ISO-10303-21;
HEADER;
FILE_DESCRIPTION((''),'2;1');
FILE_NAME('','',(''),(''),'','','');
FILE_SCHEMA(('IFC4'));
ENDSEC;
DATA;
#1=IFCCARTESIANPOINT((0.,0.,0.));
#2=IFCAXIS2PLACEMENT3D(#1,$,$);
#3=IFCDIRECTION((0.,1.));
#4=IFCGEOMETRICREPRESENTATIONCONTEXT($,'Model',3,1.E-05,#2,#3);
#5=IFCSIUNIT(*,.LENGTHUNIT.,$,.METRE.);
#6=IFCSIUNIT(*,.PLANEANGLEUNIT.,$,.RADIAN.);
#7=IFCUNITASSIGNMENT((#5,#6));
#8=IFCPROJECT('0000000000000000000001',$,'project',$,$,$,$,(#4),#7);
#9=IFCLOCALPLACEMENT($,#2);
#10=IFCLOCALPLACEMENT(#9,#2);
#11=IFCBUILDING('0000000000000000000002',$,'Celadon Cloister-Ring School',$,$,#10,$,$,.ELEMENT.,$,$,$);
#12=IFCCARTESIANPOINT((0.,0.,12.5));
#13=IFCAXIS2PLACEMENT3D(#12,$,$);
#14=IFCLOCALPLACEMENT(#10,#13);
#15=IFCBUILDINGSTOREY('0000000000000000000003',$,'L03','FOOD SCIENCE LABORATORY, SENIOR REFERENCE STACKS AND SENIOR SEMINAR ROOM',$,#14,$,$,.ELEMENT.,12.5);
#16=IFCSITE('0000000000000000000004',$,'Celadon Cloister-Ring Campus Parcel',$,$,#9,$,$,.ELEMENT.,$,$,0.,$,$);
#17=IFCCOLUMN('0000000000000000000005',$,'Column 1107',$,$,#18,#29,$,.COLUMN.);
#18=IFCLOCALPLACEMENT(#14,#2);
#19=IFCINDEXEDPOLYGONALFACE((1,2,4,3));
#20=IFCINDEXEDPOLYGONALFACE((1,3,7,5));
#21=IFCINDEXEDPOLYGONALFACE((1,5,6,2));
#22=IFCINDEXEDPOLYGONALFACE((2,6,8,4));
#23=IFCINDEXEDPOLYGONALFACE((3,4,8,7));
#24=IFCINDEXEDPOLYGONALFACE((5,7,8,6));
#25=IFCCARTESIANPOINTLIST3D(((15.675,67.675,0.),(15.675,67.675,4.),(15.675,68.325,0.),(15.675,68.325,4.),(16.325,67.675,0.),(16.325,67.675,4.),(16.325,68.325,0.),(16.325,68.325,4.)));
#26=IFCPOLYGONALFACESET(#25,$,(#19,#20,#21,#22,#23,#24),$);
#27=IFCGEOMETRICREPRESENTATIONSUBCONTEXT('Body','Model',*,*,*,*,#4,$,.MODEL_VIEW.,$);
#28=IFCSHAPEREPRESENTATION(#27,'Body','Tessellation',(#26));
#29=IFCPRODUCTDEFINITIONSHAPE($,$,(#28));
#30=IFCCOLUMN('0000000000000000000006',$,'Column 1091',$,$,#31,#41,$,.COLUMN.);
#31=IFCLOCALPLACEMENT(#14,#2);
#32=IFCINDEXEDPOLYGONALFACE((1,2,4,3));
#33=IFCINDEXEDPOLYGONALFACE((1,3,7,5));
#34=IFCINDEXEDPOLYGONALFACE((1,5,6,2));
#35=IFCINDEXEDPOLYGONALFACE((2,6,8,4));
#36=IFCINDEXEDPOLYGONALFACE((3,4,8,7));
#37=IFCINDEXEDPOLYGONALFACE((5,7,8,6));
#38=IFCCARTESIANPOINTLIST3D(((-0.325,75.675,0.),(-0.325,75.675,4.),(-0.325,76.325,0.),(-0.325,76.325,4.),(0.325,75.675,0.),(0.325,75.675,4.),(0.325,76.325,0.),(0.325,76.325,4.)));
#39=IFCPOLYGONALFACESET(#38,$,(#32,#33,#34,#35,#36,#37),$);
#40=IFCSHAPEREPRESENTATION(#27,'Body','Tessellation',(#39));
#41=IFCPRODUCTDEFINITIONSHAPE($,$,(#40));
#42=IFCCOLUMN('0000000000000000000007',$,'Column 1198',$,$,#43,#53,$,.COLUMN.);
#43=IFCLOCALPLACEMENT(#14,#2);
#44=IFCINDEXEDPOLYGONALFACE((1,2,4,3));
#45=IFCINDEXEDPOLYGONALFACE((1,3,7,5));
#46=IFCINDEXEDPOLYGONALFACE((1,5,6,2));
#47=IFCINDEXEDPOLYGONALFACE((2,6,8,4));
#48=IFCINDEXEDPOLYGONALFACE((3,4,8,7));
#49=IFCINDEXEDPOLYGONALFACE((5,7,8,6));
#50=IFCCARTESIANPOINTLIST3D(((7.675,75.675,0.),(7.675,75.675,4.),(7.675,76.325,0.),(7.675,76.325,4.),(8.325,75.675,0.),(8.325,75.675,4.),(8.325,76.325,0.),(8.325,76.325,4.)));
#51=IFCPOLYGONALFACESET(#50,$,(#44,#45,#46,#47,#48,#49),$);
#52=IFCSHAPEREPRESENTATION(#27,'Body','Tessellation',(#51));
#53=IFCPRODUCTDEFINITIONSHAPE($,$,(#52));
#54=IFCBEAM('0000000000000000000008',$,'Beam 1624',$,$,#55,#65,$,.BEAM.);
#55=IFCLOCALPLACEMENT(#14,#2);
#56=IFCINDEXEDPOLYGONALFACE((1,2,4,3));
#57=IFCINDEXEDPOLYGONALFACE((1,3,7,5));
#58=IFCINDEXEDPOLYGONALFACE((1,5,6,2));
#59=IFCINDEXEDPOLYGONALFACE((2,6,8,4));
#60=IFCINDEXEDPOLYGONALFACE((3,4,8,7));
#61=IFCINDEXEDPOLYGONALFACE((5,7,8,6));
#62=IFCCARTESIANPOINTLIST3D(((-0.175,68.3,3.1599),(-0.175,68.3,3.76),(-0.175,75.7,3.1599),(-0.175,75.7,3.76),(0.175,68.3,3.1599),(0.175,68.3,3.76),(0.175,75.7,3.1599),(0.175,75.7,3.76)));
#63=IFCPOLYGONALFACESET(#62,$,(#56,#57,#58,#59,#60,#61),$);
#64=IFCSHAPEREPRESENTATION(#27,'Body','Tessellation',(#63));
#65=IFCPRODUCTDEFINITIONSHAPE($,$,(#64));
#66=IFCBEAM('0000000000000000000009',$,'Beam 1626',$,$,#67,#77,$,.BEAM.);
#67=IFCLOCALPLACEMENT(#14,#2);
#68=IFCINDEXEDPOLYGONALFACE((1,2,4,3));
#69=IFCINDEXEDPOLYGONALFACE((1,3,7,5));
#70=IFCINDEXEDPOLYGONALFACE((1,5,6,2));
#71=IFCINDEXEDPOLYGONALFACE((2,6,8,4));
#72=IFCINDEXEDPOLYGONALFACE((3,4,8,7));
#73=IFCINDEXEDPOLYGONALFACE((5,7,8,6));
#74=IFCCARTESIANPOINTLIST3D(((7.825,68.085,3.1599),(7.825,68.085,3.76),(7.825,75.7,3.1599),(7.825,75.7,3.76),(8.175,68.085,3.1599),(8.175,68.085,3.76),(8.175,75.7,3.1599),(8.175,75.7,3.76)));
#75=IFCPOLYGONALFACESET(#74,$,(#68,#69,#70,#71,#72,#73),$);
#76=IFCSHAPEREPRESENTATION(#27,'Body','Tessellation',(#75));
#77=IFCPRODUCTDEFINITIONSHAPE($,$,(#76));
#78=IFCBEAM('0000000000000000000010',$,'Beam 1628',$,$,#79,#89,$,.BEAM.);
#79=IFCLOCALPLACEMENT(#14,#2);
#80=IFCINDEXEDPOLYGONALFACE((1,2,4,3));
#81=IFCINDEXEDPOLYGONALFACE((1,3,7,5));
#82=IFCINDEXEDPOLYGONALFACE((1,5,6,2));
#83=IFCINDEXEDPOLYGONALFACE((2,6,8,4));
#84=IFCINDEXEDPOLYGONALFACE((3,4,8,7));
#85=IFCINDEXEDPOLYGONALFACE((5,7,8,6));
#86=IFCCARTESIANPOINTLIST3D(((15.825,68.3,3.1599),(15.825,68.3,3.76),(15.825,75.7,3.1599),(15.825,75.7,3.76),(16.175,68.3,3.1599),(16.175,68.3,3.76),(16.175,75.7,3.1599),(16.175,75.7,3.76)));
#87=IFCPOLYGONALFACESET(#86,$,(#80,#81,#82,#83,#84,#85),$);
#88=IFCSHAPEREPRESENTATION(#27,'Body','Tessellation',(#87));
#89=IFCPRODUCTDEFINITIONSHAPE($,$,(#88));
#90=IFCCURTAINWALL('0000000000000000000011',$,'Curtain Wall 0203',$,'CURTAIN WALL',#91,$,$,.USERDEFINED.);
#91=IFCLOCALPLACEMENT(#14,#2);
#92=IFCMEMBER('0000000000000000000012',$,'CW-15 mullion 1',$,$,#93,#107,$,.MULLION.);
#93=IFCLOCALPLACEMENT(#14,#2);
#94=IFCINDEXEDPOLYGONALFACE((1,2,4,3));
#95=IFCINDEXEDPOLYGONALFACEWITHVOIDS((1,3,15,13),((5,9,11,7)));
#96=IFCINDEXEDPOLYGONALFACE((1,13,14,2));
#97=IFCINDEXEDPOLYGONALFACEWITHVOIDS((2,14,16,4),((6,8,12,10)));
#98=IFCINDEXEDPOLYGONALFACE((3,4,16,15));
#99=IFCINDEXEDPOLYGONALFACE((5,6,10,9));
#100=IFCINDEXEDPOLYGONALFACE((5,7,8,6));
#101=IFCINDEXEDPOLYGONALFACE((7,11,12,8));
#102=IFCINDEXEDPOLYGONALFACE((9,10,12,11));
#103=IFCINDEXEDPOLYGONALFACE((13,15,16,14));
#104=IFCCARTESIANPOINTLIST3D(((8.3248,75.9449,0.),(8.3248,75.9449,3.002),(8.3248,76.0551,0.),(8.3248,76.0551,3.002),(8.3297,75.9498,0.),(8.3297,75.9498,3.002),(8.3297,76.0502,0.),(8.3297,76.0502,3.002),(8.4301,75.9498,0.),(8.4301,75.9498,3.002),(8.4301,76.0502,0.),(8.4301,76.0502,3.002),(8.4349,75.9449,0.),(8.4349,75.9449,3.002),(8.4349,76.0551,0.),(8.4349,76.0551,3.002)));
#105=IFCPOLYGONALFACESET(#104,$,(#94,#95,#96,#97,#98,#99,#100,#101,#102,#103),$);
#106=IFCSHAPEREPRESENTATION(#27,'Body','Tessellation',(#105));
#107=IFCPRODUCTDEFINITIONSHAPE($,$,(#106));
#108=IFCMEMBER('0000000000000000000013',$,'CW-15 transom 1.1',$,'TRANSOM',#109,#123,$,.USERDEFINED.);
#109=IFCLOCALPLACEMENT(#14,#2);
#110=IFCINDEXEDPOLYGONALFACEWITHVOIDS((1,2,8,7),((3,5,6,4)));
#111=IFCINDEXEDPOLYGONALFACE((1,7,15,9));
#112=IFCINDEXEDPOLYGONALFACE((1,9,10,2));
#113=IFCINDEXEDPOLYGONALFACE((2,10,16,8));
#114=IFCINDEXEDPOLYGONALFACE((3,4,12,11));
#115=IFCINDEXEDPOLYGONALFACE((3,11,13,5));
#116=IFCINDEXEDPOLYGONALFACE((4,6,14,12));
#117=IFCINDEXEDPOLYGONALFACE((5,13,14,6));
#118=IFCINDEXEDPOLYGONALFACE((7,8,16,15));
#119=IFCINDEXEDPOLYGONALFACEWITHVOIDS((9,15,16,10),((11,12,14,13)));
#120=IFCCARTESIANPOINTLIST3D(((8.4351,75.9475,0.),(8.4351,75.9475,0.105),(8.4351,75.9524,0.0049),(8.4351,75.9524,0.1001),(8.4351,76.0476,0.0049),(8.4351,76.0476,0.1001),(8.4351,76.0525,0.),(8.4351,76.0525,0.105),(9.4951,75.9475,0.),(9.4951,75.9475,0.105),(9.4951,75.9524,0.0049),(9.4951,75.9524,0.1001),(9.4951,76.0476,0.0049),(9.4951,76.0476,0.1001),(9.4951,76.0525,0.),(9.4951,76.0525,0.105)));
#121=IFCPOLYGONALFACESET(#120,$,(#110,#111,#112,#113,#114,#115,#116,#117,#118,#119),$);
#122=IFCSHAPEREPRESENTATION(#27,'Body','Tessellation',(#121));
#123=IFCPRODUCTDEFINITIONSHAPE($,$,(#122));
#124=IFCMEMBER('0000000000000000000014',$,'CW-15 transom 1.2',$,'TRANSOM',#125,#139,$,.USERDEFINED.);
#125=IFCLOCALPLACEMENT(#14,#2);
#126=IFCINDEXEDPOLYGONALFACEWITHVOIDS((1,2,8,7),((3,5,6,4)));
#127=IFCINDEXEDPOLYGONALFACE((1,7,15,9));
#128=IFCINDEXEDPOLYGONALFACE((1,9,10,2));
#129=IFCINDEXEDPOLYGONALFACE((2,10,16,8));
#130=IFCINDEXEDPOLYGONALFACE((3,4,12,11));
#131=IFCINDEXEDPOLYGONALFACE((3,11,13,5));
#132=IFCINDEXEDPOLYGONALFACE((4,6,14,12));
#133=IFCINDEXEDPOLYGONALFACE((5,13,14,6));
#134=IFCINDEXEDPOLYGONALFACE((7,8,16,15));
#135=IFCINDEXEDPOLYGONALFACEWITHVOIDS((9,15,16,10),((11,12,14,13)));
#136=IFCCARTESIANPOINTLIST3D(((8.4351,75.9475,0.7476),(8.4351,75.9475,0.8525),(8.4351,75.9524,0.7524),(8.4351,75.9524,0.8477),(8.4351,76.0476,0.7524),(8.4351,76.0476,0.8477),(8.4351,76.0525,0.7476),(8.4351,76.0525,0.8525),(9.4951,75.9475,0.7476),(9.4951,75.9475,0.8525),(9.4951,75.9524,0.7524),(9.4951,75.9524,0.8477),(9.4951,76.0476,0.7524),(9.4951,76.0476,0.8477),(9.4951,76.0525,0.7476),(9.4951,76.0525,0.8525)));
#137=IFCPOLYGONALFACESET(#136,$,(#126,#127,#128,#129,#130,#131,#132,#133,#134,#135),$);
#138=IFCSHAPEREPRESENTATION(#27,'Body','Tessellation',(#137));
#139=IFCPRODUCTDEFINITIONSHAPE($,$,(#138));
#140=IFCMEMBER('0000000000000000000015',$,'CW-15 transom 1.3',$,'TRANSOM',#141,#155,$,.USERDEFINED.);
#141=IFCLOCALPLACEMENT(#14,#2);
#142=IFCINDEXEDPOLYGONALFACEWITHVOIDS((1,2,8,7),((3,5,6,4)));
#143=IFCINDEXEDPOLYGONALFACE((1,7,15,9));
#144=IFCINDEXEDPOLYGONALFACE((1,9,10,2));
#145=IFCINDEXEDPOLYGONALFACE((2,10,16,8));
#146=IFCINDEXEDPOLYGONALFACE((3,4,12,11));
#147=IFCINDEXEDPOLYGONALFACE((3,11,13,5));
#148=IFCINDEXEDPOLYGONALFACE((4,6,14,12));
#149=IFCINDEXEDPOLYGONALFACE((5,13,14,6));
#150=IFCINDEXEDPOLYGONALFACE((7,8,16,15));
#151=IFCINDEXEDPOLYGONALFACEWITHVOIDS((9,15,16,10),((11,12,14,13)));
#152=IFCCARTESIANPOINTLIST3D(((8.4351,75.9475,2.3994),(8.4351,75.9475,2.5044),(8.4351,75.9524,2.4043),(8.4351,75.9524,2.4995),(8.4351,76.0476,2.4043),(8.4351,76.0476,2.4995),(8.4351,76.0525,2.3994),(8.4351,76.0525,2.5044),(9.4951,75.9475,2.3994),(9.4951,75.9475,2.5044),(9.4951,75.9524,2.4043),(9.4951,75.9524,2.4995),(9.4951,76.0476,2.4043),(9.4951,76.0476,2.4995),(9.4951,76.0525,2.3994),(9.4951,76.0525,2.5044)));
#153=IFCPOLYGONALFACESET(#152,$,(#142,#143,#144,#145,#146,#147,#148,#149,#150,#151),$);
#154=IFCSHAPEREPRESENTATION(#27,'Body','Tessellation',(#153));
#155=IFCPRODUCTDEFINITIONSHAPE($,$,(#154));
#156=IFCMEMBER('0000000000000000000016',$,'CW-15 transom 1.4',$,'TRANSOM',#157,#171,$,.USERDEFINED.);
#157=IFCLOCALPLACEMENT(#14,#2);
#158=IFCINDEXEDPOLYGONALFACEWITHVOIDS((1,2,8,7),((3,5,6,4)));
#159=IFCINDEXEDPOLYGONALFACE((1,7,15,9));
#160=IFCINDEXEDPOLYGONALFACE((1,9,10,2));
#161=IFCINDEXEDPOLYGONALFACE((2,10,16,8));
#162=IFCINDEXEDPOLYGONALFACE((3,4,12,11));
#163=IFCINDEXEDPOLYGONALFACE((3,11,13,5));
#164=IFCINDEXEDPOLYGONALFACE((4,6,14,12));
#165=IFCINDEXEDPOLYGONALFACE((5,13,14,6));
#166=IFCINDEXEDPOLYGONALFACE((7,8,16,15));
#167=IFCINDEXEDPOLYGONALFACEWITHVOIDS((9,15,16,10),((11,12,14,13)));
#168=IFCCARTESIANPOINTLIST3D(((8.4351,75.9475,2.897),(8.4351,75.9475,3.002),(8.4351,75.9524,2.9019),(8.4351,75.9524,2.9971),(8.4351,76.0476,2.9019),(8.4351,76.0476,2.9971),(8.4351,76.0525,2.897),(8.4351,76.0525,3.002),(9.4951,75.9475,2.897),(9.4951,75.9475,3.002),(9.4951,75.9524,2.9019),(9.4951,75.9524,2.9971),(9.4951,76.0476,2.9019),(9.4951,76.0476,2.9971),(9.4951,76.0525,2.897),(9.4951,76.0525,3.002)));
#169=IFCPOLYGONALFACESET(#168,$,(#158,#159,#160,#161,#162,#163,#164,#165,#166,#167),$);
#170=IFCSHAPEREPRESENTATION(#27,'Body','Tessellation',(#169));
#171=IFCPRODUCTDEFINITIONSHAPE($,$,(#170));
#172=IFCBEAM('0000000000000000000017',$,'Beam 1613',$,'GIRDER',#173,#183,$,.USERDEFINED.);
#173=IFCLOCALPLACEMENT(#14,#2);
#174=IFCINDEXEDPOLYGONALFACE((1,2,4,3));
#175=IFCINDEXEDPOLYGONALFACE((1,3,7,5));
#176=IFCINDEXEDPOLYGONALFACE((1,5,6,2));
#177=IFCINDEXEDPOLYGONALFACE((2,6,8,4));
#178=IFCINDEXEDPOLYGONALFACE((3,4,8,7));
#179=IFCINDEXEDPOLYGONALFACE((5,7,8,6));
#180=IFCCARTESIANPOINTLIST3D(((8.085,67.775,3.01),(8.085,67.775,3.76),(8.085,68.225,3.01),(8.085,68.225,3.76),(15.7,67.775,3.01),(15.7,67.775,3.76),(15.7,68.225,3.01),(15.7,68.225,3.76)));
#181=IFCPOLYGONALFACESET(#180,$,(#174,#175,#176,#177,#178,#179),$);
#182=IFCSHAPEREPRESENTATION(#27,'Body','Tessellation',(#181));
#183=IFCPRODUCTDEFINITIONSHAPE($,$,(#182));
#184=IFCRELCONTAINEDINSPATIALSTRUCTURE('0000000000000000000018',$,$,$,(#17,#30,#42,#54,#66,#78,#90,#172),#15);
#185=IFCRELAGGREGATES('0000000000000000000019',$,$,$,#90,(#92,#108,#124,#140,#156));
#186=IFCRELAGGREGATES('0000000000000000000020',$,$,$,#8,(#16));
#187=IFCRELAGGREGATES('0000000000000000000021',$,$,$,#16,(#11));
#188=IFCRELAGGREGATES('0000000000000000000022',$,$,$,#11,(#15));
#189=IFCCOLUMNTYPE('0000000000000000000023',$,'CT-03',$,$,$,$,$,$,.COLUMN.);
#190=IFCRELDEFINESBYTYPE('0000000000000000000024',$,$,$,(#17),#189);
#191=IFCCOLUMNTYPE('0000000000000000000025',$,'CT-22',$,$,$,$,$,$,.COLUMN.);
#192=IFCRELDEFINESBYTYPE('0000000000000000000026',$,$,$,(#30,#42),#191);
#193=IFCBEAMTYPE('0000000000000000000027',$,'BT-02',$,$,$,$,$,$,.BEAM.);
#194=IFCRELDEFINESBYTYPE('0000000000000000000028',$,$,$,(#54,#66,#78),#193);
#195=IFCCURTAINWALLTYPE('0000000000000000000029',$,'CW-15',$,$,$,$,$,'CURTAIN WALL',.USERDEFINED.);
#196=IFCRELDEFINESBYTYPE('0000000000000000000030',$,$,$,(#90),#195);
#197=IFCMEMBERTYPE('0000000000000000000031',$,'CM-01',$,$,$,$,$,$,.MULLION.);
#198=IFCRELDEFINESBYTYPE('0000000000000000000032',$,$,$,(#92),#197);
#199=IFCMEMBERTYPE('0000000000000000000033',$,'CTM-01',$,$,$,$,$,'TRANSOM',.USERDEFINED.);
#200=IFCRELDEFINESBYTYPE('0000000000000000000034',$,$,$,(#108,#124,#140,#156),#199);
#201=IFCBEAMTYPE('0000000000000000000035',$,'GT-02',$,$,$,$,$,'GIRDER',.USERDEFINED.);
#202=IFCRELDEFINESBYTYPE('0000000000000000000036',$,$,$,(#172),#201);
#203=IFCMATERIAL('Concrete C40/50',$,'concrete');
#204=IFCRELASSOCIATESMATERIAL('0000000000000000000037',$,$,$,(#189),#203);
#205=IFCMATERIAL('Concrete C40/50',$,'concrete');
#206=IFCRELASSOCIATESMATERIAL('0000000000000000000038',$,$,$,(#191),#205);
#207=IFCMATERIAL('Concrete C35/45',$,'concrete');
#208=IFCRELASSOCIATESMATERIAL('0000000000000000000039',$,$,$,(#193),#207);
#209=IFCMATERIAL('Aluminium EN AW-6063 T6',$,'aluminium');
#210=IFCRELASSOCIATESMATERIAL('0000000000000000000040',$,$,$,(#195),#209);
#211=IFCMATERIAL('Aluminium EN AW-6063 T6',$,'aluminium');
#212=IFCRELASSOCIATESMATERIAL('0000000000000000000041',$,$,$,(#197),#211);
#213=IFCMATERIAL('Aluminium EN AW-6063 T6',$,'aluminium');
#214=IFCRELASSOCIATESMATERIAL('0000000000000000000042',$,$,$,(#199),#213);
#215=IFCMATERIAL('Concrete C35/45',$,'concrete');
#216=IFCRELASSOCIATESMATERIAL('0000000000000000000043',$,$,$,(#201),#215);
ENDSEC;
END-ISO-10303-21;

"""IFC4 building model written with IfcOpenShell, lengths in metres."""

from ifc_helpers import new_model, si_unit, direction, frame, origin, origin_2d, place, context, subcontext, project, spatial, rectangle, hollow_rectangle, extrude, material, material_profile, profile_set, type_object, element, aggregate, save


model = new_model("IFC4")

# Units and contexts
model_context = context("Model", 3, precision=1e-05, world=origin(), true_north=direction((0.0, 1.0)))
body_context = subcontext(model_context, "Body", "Model", "MODEL_VIEW")
ifc_project = project(units=[si_unit("LENGTHUNIT", "METRE"), si_unit("PLANEANGLEUNIT", "RADIAN")], contexts=[model_context])

# Site, building, storey
site_placement = place(None, origin())
site = spatial("IfcSite", under=ifc_project, at=site_placement, Name="Celadon Cloister-Ring Campus Parcel", CompositionType="ELEMENT", RefElevation=0.0)
building_placement = place(site_placement, origin())
building = spatial("IfcBuilding", under=site, at=building_placement, Name="Celadon Cloister-Ring School", CompositionType="ELEMENT")
storey_placement = place(building_placement, frame((0.0, 0.0, 12.5)))
storey = spatial("IfcBuildingStorey", under=building, at=storey_placement, Name="L03", Description="FOOD SCIENCE LABORATORY, SENIOR REFERENCE STACKS AND SENIOR SEMINAR ROOM", CompositionType="ELEMENT", Elevation=12.5)

# Columns
ifc_material_1 = material(Name="Concrete C40/50", Category="concrete")
ifc_material_profile_1 = material_profile(ifc_material_1, rectangle(XDim=0.6499, YDim=0.6499, at=origin_2d()), Name="RC650X650")
ifc_profile_set_1 = profile_set([ifc_material_profile_1], Name="Concrete C40/50")
column_type_1 = type_object("IfcColumnType", Name="CT-03", PredefinedType="COLUMN", material=ifc_profile_set_1)
column_placement = place(storey_placement, frame((16.0, 68.0, 0.0), z_axis=(0.0, 0.0, 1.0), x_axis=(1.0, 0.0, 0.0)))
element("IfcColumn", 1, at=column_placement, inside=storey, type_object=column_type_1, Name="Column 1107", PredefinedType="COLUMN", context=body_context, shape_type="SweptSolid", body=[
    extrude(rectangle(XDim=0.6499, YDim=0.6499, at=origin_2d()), origin(), (0.0, 0.0, 1.0), 4.0),
])
ifc_material_2 = material(Name="Concrete C40/50", Category="concrete")
ifc_material_profile_2 = material_profile(ifc_material_2, rectangle(XDim=0.6499, YDim=0.6499, at=origin_2d()), Name="RC650X650")
ifc_profile_set_2 = profile_set([ifc_material_profile_2], Name="Concrete C40/50")
column_type_2 = type_object("IfcColumnType", Name="CT-22", PredefinedType="COLUMN", material=ifc_profile_set_2)
for number, where, z_axis, x_axis, name in (
    (2, (0.0, 76.0, 0.0), (0.0, 0.0, 1.0), (1.0, 0.0, 0.0), "Column 1091"),
    (3, (8.0, 76.0, 0.0), (0.0, 0.0, 1.0), (1.0, 0.0, 0.0), "Column 1198"),
):
    element("IfcColumn", number, at=place(storey_placement, frame(where, z_axis=z_axis, x_axis=x_axis)), inside=storey, type_object=column_type_2, Name=name, PredefinedType="COLUMN", context=body_context, shape_type="SweptSolid", body=[
        extrude(rectangle(XDim=0.6499, YDim=0.6499, at=origin_2d()), origin(), (0.0, 0.0, 1.0), 4.0),
    ])

# Beams
ifc_material_3 = material(Name="Concrete C35/45", Category="concrete")
ifc_material_profile_3 = material_profile(ifc_material_3, rectangle(XDim=0.3501, YDim=0.6001, at=origin_2d()), Name="RC350X600")
ifc_profile_set_3 = profile_set([ifc_material_profile_3], Name="Concrete C35/45")
beam_type_1 = type_object("IfcBeamType", Name="BT-02", PredefinedType="BEAM", material=ifc_profile_set_3)
beam_1_placement = place(storey_placement, frame((0.0, 68.3, 3.46), z_axis=(0.0, 1.0, 0.0), x_axis=(-1.0, 0.0, 0.0)))
element("IfcBeam", 4, at=beam_1_placement, inside=storey, type_object=beam_type_1, Name="Beam 1624", PredefinedType="BEAM", context=body_context, shape_type="SweptSolid", body=[
    extrude(rectangle(XDim=0.3501, YDim=0.6001, at=origin_2d()), origin(), (0.0, 0.0, 1.0), 7.3999),
])
beam_2_placement = place(storey_placement, frame((8.0, 68.085, 3.46), z_axis=(0.0, 1.0, 0.0), x_axis=(-1.0, 0.0, 0.0)))
element("IfcBeam", 5, at=beam_2_placement, inside=storey, type_object=beam_type_1, Name="Beam 1626", PredefinedType="BEAM", context=body_context, shape_type="SweptSolid", body=[
    extrude(rectangle(XDim=0.3501, YDim=0.6001, at=origin_2d()), origin(), (0.0, 0.0, 1.0), 7.615),
])
beam_3_placement = place(storey_placement, frame((16.0, 68.3, 3.46), z_axis=(0.0, 1.0, 0.0), x_axis=(-1.0, 0.0, 0.0)))
element("IfcBeam", 6, at=beam_3_placement, inside=storey, type_object=beam_type_1, Name="Beam 1628", PredefinedType="BEAM", context=body_context, shape_type="SweptSolid", body=[
    extrude(rectangle(XDim=0.3501, YDim=0.6001, at=origin_2d()), origin(), (0.0, 0.0, 1.0), 7.3999),
])

# Curtain wall, members
ifc_material_4 = material(Name="Aluminium EN AW-6063 T6", Category="aluminium")
curtain_wall_type = type_object("IfcCurtainWallType", Name="CW-15", ElementType="CURTAIN WALL", PredefinedType="USERDEFINED", material=ifc_material_4)
curtain_wall_placement = place(storey_placement, origin())
curtain_wall = element("IfcCurtainWall", 7, at=curtain_wall_placement, inside=storey, type_object=curtain_wall_type, Name="Curtain Wall 0203", ObjectType="CURTAIN WALL", PredefinedType="USERDEFINED")
ifc_material_5 = material(Name="Aluminium EN AW-6063 T6", Category="aluminium")
ifc_material_profile_4 = material_profile(ifc_material_5, hollow_rectangle(XDim=0.1101, YDim=0.1101, WallThickness=0.0049, at=origin_2d()), Name="RHS110X110X5")
ifc_profile_set_4 = profile_set([ifc_material_profile_4], Name="Aluminium EN AW-6063 T6")
member_type_1 = type_object("IfcMemberType", Name="CM-01", PredefinedType="MULLION", material=ifc_profile_set_4)
member_1_placement = place(storey_placement, frame((8.3799, 76.0, 0.0), z_axis=(0.0, 0.0, 1.0), x_axis=(0.0, 1.0, 0.0)))
member_1 = element("IfcMember", 8, at=member_1_placement, type_object=member_type_1, Name="CW-15 mullion 1", PredefinedType="MULLION", context=body_context, shape_type="SweptSolid", body=[
    extrude(hollow_rectangle(XDim=0.1101, YDim=0.1101, WallThickness=0.0049, at=origin_2d()), origin(), (0.0, 0.0, 1.0), 3.002),
])
ifc_material_6 = material(Name="Aluminium EN AW-6063 T6", Category="aluminium")
ifc_material_profile_5 = material_profile(ifc_material_6, hollow_rectangle(XDim=0.105, YDim=0.105, WallThickness=0.0049, at=origin_2d()), Name="RHS105X105X5")
ifc_profile_set_5 = profile_set([ifc_material_profile_5], Name="Aluminium EN AW-6063 T6")
member_type_2 = type_object("IfcMemberType", Name="CTM-01", ElementType="TRANSOM", PredefinedType="USERDEFINED", material=ifc_profile_set_5)
member_2_placement = place(storey_placement, frame((8.4351, 76.0, 0.0525), z_axis=(1.0, 0.0, 0.0), x_axis=(0.0, 1.0, 0.0)))
member_2 = element("IfcMember", 9, at=member_2_placement, type_object=member_type_2, Name="CW-15 transom 1.1", ObjectType="TRANSOM", PredefinedType="USERDEFINED", context=body_context, shape_type="SweptSolid", body=[
    extrude(hollow_rectangle(XDim=0.105, YDim=0.105, WallThickness=0.0049, at=origin_2d()), origin(), (0.0, 0.0, 1.0), 1.0601),
])
member_3_placement = place(storey_placement, frame((8.4351, 76.0, 0.8), z_axis=(1.0, 0.0, 0.0), x_axis=(0.0, 1.0, 0.0)))
member_3 = element("IfcMember", 10, at=member_3_placement, type_object=member_type_2, Name="CW-15 transom 1.2", ObjectType="TRANSOM", PredefinedType="USERDEFINED", context=body_context, shape_type="SweptSolid", body=[
    extrude(hollow_rectangle(XDim=0.105, YDim=0.105, WallThickness=0.0049, at=origin_2d()), origin(), (0.0, 0.0, 1.0), 1.0601),
])
member_4_placement = place(storey_placement, frame((8.4351, 76.0, 2.4519), z_axis=(1.0, 0.0, 0.0), x_axis=(0.0, 1.0, 0.0)))
member_4 = element("IfcMember", 11, at=member_4_placement, type_object=member_type_2, Name="CW-15 transom 1.3", ObjectType="TRANSOM", PredefinedType="USERDEFINED", context=body_context, shape_type="SweptSolid", body=[
    extrude(hollow_rectangle(XDim=0.105, YDim=0.105, WallThickness=0.0049, at=origin_2d()), origin(), (0.0, 0.0, 1.0), 1.0601),
])
member_5_placement = place(storey_placement, frame((8.4351, 76.0, 2.9495), z_axis=(1.0, 0.0, 0.0), x_axis=(0.0, 1.0, 0.0)))
member_5 = element("IfcMember", 12, at=member_5_placement, type_object=member_type_2, Name="CW-15 transom 1.4", ObjectType="TRANSOM", PredefinedType="USERDEFINED", context=body_context, shape_type="SweptSolid", body=[
    extrude(hollow_rectangle(XDim=0.105, YDim=0.105, WallThickness=0.0049, at=origin_2d()), origin(), (0.0, 0.0, 1.0), 1.0601),
])

# Beam
ifc_material_7 = material(Name="Concrete C35/45", Category="concrete")
ifc_material_profile_6 = material_profile(ifc_material_7, rectangle(XDim=0.45, YDim=0.75, at=origin_2d()), Name="RC450X750")
ifc_profile_set_6 = profile_set([ifc_material_profile_6], Name="Concrete C35/45")
beam_type_2 = type_object("IfcBeamType", Name="GT-02", ElementType="GIRDER", PredefinedType="USERDEFINED", material=ifc_profile_set_6)
beam_4_placement = place(storey_placement, frame((8.085, 68.0, 3.385), z_axis=(1.0, 0.0, 0.0), x_axis=(0.0, 1.0, 0.0)))
element("IfcBeam", 13, at=beam_4_placement, inside=storey, type_object=beam_type_2, Name="Beam 1613", ObjectType="GIRDER", PredefinedType="USERDEFINED", context=body_context, shape_type="SweptSolid", body=[
    extrude(rectangle(XDim=0.45, YDim=0.75, at=origin_2d()), origin(), (0.0, 0.0, 1.0), 7.615),
])

aggregate(curtain_wall, [member_1, member_2, member_3, member_4, member_5])

save(model, "model.ifc")
